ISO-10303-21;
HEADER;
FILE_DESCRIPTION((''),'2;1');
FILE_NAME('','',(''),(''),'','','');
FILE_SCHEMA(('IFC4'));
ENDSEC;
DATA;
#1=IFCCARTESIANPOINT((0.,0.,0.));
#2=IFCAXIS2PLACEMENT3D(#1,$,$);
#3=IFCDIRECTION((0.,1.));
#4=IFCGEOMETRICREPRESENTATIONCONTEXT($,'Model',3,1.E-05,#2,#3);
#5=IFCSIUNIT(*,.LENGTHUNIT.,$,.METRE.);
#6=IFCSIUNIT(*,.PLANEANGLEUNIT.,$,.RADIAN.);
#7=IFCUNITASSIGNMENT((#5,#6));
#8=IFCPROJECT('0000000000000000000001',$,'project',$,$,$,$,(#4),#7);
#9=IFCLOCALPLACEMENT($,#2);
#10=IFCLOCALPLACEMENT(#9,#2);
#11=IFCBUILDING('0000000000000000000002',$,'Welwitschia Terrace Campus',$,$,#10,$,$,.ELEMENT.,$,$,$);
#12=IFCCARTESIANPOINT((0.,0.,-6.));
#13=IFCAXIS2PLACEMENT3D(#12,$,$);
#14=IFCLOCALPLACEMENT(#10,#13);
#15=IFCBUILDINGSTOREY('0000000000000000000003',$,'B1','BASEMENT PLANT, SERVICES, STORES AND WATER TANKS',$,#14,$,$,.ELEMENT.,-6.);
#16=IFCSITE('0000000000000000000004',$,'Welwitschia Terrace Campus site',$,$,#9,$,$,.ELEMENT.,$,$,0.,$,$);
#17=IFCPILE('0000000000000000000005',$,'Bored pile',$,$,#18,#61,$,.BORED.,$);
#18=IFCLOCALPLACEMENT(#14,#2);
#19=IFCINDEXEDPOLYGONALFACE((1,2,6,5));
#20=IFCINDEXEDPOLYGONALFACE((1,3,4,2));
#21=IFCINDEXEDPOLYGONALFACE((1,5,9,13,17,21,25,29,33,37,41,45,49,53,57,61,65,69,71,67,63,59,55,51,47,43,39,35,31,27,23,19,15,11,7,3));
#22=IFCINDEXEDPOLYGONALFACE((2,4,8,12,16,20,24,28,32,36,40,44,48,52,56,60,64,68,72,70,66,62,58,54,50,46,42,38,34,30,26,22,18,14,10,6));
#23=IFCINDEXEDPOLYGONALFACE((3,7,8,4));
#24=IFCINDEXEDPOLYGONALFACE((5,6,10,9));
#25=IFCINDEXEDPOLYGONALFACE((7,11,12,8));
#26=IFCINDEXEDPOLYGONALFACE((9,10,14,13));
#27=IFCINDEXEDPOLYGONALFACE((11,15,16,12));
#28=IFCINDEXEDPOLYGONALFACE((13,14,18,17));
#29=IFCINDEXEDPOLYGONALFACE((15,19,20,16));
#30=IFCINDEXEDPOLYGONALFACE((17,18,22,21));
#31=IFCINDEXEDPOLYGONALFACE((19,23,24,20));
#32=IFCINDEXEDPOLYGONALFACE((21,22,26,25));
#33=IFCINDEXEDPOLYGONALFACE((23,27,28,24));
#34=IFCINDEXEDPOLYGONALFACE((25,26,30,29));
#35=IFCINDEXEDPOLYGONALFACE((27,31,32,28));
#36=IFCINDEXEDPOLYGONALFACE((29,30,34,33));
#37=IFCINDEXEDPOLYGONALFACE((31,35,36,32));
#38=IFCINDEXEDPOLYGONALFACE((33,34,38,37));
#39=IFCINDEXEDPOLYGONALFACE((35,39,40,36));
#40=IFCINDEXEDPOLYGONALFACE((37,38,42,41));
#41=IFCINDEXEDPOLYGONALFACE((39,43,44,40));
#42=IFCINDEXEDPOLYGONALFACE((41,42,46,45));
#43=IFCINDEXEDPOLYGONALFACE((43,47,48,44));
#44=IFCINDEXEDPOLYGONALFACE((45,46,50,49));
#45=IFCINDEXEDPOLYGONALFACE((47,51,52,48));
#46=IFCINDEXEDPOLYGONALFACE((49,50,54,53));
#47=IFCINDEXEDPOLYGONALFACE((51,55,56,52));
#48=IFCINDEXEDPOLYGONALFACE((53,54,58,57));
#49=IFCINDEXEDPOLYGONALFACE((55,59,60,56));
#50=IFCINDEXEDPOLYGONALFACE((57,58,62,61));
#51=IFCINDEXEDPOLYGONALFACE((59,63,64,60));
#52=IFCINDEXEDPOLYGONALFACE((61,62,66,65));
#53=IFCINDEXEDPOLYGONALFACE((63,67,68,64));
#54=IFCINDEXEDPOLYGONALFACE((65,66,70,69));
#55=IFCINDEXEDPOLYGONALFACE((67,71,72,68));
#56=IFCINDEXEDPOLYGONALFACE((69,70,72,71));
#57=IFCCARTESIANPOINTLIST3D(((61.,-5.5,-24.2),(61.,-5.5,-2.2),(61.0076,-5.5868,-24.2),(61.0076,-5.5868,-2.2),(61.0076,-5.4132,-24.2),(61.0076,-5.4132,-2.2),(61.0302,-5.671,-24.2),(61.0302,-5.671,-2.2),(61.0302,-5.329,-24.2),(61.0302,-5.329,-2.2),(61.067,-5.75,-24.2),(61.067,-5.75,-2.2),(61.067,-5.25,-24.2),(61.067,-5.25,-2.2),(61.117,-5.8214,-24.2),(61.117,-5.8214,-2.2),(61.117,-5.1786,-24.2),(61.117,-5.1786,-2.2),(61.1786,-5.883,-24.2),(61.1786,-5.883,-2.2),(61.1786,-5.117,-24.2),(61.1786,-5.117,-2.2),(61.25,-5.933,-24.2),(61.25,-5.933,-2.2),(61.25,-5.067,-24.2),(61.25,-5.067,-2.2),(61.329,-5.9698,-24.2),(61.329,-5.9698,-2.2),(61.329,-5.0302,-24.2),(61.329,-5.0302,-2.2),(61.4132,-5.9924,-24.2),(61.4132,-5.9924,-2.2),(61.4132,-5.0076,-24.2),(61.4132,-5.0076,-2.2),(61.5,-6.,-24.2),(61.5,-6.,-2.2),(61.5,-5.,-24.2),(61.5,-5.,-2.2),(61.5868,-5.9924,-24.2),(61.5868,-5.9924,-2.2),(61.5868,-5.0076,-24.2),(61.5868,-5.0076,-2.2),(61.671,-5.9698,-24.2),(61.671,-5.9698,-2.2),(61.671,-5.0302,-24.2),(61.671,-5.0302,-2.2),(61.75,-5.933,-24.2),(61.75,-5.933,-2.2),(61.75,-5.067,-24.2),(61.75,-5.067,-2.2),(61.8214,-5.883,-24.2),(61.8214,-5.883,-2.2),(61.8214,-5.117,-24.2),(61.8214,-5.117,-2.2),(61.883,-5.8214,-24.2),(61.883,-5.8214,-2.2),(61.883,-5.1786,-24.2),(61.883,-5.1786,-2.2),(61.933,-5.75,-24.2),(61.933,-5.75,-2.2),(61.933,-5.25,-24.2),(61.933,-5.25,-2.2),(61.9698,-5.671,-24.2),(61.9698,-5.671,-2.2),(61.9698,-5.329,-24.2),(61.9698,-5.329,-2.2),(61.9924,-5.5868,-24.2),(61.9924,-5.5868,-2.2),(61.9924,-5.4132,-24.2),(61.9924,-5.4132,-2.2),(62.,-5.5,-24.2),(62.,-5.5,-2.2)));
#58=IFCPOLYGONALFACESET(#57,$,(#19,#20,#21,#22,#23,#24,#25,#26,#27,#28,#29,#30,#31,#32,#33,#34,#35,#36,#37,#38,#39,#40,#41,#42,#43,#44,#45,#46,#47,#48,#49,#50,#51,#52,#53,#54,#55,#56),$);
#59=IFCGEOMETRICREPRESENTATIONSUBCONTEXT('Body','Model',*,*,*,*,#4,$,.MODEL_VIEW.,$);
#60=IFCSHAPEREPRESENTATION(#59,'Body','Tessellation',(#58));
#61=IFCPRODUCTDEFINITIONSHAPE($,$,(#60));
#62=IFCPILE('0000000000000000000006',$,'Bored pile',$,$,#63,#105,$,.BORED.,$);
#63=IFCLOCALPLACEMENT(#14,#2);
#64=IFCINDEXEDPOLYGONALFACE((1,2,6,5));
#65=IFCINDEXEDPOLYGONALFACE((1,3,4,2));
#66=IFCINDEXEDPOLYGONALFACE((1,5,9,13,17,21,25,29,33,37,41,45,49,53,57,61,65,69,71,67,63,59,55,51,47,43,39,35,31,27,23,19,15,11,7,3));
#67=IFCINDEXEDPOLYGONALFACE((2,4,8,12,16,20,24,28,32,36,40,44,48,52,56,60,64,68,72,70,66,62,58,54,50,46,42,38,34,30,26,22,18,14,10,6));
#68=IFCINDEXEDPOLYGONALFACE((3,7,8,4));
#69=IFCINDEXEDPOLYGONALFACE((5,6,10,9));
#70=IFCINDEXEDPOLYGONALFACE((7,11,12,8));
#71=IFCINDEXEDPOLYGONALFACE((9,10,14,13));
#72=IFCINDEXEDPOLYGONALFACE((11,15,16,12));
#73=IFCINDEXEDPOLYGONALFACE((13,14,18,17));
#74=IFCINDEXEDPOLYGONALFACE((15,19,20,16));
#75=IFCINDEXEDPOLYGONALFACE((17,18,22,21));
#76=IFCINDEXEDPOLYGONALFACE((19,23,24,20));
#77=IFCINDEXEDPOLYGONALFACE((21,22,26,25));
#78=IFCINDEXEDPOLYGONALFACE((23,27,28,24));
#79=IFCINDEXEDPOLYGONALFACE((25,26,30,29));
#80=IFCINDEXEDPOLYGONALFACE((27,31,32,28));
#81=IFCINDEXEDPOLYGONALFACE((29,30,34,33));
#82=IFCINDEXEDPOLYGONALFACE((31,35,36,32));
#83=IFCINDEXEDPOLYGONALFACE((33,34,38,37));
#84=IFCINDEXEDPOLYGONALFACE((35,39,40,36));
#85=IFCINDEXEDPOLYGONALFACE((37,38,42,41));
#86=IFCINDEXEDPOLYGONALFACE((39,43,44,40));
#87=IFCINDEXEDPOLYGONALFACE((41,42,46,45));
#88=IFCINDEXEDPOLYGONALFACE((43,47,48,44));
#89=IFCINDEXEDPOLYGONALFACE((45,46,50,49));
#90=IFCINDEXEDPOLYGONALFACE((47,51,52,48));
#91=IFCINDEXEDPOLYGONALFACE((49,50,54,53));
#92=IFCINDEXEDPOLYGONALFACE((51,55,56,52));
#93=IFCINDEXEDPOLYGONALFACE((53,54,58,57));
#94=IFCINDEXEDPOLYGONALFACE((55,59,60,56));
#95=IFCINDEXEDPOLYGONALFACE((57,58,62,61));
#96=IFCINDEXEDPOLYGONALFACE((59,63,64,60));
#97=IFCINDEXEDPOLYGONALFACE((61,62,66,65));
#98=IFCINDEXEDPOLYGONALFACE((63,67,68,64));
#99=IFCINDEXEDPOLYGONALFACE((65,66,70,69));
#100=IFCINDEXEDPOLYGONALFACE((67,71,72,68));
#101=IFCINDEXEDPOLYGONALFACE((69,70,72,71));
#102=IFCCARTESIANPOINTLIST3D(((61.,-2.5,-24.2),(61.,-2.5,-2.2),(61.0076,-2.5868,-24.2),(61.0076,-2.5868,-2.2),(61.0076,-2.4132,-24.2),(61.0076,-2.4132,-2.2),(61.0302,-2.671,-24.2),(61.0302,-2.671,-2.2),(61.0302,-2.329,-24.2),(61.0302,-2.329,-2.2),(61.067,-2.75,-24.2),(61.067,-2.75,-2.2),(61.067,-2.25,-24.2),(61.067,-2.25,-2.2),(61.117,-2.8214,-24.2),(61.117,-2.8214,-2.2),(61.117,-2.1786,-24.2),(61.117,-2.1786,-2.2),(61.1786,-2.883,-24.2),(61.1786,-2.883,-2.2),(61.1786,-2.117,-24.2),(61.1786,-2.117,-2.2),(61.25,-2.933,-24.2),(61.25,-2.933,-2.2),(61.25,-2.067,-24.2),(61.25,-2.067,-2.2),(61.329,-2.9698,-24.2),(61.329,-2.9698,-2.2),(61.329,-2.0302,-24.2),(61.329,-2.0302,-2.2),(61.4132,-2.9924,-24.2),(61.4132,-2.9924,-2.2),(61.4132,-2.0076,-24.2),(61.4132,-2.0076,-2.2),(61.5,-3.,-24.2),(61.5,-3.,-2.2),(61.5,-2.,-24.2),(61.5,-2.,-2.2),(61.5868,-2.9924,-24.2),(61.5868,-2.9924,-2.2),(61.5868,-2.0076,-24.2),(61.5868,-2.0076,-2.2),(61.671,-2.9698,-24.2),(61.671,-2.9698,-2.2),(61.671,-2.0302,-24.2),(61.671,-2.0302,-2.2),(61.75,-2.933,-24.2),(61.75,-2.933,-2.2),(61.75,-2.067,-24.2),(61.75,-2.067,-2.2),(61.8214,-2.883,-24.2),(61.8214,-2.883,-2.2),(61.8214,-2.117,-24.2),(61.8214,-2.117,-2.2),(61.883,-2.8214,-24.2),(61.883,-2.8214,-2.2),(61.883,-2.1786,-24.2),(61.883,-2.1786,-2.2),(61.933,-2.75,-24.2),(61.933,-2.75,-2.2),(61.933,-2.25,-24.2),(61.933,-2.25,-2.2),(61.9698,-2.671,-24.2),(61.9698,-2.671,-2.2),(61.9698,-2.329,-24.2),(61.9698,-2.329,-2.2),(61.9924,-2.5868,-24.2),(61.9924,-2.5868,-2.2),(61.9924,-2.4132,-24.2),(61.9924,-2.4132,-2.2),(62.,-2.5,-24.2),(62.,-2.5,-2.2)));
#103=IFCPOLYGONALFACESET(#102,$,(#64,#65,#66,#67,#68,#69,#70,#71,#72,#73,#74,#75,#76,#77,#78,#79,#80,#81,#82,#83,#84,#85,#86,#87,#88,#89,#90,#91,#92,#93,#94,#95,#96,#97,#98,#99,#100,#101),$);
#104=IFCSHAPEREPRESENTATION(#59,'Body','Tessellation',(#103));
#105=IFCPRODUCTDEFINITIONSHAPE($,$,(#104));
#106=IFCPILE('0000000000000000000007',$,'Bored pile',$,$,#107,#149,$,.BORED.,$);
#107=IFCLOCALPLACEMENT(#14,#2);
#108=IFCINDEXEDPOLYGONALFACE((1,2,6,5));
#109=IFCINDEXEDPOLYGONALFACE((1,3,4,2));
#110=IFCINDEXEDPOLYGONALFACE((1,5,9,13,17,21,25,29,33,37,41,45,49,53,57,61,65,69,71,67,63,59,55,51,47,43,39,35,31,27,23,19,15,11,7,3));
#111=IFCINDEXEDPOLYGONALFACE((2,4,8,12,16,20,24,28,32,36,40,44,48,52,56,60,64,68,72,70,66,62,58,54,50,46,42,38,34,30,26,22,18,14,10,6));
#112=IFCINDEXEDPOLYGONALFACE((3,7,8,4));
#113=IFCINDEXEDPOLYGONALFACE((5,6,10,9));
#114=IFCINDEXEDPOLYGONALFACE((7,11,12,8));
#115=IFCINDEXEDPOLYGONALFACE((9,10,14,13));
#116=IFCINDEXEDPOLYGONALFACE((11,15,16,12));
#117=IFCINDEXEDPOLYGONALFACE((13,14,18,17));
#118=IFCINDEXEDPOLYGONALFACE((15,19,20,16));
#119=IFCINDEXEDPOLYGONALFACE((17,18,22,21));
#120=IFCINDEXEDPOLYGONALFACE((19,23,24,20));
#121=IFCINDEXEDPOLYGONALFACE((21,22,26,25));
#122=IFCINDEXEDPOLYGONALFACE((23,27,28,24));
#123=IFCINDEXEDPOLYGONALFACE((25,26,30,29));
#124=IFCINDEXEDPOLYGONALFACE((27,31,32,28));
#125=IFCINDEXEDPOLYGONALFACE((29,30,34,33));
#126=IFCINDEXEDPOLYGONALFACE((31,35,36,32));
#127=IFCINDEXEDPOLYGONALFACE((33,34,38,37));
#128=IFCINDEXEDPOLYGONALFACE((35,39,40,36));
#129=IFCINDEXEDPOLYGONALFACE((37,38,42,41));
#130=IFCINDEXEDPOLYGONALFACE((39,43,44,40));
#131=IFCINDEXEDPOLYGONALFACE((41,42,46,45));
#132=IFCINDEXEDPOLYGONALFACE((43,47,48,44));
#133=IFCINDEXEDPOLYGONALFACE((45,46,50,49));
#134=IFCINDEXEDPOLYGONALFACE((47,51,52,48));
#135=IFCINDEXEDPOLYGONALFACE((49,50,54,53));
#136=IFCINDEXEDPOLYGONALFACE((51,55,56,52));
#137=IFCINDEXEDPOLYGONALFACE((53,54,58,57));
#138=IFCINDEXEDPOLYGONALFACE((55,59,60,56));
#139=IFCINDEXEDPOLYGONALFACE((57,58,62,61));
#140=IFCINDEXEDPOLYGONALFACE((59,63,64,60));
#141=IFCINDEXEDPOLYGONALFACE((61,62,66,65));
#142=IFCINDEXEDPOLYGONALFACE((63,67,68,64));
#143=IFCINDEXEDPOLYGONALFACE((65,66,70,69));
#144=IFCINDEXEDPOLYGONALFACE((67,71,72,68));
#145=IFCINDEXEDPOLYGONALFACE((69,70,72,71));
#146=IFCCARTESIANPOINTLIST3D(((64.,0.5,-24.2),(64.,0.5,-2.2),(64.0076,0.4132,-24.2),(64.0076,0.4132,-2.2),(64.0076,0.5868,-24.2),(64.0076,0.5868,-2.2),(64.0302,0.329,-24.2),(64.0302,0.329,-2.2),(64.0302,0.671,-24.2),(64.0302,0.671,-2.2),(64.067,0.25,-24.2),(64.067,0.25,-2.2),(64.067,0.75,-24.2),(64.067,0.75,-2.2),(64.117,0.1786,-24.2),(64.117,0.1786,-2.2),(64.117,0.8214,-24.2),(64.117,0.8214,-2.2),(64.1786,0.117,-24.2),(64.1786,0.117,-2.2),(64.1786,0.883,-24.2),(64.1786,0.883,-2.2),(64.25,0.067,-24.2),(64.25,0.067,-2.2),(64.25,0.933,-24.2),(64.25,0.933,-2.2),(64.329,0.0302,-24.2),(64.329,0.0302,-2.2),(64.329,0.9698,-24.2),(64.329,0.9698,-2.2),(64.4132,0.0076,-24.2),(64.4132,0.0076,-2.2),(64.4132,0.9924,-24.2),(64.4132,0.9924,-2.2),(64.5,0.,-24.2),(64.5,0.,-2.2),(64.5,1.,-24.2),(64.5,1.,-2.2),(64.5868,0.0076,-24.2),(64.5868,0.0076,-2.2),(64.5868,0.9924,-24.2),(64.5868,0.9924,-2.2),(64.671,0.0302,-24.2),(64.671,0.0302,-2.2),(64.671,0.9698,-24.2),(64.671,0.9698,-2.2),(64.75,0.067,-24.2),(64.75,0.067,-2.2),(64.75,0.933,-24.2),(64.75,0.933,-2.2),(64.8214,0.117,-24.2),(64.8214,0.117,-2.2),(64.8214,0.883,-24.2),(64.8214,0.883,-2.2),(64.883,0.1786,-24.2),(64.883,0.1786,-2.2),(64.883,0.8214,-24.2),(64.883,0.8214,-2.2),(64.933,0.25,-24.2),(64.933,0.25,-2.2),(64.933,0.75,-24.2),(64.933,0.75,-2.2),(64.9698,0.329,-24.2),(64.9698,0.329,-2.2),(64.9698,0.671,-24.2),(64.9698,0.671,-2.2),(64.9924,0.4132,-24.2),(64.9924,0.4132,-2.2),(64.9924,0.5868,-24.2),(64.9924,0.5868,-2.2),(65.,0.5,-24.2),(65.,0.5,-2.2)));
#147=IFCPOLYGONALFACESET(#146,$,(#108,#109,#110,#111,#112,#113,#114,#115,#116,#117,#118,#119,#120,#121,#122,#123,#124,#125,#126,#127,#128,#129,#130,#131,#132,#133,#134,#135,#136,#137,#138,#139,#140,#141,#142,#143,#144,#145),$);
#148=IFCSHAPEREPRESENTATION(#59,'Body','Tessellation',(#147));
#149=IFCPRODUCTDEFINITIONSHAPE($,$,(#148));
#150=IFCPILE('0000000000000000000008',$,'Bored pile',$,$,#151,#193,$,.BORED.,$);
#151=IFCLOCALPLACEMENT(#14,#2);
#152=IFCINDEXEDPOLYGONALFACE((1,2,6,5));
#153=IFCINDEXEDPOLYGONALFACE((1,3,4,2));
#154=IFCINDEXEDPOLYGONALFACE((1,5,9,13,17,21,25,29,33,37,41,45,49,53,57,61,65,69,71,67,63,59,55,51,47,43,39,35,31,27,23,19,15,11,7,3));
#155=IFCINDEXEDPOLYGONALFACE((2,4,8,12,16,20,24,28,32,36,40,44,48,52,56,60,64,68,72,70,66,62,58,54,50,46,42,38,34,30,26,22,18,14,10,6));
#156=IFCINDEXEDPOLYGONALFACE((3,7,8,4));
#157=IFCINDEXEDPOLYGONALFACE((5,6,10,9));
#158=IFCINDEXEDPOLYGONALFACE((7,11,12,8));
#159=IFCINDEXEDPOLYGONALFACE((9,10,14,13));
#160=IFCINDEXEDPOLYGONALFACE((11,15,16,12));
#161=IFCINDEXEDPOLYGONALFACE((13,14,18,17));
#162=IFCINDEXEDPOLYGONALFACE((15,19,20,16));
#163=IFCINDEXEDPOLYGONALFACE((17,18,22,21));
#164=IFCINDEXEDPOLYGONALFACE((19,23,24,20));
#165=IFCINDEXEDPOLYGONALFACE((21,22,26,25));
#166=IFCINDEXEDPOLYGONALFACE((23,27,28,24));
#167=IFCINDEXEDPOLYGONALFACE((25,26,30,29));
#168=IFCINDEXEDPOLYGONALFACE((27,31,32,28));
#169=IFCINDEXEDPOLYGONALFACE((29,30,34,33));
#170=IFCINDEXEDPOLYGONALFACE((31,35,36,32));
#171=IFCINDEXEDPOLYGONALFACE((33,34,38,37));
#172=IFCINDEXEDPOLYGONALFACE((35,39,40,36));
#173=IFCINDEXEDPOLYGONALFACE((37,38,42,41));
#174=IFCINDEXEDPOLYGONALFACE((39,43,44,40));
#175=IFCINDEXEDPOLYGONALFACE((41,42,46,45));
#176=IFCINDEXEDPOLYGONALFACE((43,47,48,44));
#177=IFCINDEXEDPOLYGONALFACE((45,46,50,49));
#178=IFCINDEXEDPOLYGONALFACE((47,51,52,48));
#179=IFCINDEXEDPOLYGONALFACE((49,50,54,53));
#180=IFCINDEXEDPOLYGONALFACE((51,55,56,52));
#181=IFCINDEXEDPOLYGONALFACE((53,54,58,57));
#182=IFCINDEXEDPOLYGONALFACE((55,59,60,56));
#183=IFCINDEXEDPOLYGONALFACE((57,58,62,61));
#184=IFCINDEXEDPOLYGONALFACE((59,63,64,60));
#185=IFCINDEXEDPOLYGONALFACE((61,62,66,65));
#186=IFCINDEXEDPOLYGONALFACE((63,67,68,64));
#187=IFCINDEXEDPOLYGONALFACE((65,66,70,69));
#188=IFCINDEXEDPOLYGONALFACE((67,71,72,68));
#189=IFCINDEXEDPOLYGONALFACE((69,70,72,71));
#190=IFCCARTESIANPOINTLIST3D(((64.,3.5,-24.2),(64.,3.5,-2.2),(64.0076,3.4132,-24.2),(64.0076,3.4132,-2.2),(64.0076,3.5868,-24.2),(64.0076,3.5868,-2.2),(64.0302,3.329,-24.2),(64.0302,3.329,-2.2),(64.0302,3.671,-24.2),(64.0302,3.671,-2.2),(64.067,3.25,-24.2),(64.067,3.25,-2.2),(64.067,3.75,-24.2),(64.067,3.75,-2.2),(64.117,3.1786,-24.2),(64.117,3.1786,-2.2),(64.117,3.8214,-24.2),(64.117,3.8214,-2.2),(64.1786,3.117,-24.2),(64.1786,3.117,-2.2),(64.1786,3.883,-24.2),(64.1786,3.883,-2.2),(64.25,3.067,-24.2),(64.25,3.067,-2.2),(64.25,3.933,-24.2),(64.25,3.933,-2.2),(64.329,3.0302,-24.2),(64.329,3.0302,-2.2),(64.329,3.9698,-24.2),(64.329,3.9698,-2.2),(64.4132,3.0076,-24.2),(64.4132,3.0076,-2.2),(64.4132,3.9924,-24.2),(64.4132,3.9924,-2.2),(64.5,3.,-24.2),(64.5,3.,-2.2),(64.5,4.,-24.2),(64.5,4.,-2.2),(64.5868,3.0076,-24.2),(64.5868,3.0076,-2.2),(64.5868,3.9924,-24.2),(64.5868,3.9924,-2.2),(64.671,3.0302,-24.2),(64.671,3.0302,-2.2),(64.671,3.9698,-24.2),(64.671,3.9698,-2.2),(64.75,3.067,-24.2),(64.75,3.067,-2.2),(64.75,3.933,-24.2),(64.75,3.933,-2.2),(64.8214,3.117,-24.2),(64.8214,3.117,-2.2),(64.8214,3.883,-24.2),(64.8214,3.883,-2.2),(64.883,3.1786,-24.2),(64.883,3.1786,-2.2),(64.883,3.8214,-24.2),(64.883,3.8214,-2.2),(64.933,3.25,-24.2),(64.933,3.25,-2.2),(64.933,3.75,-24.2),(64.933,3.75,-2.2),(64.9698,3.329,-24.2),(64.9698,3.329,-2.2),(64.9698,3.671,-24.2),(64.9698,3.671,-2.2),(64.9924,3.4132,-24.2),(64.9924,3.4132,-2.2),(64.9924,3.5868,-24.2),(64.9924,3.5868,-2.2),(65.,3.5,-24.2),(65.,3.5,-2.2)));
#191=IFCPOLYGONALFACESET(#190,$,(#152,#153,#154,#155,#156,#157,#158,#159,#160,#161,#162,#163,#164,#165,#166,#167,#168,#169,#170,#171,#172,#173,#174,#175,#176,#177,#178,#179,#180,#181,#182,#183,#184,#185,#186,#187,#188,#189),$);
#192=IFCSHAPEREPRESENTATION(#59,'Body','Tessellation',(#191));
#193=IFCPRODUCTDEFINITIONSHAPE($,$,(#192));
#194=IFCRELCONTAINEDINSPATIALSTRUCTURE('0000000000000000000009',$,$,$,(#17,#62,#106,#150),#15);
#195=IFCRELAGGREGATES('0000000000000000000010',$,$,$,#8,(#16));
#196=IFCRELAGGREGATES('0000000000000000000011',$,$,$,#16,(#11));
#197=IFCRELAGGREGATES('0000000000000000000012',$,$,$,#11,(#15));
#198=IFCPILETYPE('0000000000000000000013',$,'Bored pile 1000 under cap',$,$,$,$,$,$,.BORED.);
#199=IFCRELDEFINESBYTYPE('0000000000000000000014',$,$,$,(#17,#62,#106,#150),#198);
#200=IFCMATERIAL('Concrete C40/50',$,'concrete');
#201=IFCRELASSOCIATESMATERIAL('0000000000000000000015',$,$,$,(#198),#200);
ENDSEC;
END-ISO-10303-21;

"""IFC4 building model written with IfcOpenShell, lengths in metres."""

from ifc_helpers import new_model, si_unit, direction, frame, origin, origin_2d, place, context, subcontext, project, spatial, circle, extrude, material, type_object, element, save


model = new_model("IFC4")

# Units and contexts
model_context = context("Model", 3, precision=1e-05, world=origin(), true_north=direction((0.0, 1.0)))
body_context = subcontext(model_context, "Body", "Model", "MODEL_VIEW")
ifc_project = project(units=[si_unit("LENGTHUNIT", "METRE"), si_unit("PLANEANGLEUNIT", "RADIAN")], contexts=[model_context])

# Site, building, storey
site_placement = place(None, origin())
site = spatial("IfcSite", under=ifc_project, at=site_placement, Name="Welwitschia Terrace Campus site", CompositionType="ELEMENT", RefElevation=0.0)
building_placement = place(site_placement, origin())
building = spatial("IfcBuilding", under=site, at=building_placement, Name="Welwitschia Terrace Campus", CompositionType="ELEMENT")
storey_placement = place(building_placement, frame((0.0, 0.0, -6.0)))
storey = spatial("IfcBuildingStorey", under=building, at=storey_placement, Name="B1", Description="BASEMENT PLANT, SERVICES, STORES AND WATER TANKS", CompositionType="ELEMENT", Elevation=-6.0)

# Piles
ifc_material_1 = material(Name="Concrete C40/50", Category="concrete")
pile_type = type_object("IfcPileType", Name="Bored pile 1000 under cap", PredefinedType="BORED", material=ifc_material_1)
for number, where, z_axis, x_axis, name in (
    (1, (61.5, -5.5, -2.2), (0.0, 0.0, -1.0), (1.0, 0.0, 0.0), "Bored pile"),
    (2, (61.5, -2.5, -2.2), (0.0, 0.0, -1.0), (1.0, 0.0, 0.0), "Bored pile"),
    (3, (64.5, 0.5, -2.2), (0.0, 0.0, -1.0), (1.0, 0.0, 0.0), "Bored pile"),
    (4, (64.5, 3.5, -2.2), (0.0, 0.0, -1.0), (1.0, 0.0, 0.0), "Bored pile"),
):
    element("IfcPile", number, at=place(storey_placement, frame(where, z_axis=z_axis, x_axis=x_axis)), inside=storey, type_object=pile_type, Name=name, PredefinedType="BORED", context=body_context, shape_type="SweptSolid", body=[
        extrude(circle(Radius=0.5, at=origin_2d()), origin(), (0.0, 0.0, 1.0), 22.0),
    ])

save(model, "model.ifc")
